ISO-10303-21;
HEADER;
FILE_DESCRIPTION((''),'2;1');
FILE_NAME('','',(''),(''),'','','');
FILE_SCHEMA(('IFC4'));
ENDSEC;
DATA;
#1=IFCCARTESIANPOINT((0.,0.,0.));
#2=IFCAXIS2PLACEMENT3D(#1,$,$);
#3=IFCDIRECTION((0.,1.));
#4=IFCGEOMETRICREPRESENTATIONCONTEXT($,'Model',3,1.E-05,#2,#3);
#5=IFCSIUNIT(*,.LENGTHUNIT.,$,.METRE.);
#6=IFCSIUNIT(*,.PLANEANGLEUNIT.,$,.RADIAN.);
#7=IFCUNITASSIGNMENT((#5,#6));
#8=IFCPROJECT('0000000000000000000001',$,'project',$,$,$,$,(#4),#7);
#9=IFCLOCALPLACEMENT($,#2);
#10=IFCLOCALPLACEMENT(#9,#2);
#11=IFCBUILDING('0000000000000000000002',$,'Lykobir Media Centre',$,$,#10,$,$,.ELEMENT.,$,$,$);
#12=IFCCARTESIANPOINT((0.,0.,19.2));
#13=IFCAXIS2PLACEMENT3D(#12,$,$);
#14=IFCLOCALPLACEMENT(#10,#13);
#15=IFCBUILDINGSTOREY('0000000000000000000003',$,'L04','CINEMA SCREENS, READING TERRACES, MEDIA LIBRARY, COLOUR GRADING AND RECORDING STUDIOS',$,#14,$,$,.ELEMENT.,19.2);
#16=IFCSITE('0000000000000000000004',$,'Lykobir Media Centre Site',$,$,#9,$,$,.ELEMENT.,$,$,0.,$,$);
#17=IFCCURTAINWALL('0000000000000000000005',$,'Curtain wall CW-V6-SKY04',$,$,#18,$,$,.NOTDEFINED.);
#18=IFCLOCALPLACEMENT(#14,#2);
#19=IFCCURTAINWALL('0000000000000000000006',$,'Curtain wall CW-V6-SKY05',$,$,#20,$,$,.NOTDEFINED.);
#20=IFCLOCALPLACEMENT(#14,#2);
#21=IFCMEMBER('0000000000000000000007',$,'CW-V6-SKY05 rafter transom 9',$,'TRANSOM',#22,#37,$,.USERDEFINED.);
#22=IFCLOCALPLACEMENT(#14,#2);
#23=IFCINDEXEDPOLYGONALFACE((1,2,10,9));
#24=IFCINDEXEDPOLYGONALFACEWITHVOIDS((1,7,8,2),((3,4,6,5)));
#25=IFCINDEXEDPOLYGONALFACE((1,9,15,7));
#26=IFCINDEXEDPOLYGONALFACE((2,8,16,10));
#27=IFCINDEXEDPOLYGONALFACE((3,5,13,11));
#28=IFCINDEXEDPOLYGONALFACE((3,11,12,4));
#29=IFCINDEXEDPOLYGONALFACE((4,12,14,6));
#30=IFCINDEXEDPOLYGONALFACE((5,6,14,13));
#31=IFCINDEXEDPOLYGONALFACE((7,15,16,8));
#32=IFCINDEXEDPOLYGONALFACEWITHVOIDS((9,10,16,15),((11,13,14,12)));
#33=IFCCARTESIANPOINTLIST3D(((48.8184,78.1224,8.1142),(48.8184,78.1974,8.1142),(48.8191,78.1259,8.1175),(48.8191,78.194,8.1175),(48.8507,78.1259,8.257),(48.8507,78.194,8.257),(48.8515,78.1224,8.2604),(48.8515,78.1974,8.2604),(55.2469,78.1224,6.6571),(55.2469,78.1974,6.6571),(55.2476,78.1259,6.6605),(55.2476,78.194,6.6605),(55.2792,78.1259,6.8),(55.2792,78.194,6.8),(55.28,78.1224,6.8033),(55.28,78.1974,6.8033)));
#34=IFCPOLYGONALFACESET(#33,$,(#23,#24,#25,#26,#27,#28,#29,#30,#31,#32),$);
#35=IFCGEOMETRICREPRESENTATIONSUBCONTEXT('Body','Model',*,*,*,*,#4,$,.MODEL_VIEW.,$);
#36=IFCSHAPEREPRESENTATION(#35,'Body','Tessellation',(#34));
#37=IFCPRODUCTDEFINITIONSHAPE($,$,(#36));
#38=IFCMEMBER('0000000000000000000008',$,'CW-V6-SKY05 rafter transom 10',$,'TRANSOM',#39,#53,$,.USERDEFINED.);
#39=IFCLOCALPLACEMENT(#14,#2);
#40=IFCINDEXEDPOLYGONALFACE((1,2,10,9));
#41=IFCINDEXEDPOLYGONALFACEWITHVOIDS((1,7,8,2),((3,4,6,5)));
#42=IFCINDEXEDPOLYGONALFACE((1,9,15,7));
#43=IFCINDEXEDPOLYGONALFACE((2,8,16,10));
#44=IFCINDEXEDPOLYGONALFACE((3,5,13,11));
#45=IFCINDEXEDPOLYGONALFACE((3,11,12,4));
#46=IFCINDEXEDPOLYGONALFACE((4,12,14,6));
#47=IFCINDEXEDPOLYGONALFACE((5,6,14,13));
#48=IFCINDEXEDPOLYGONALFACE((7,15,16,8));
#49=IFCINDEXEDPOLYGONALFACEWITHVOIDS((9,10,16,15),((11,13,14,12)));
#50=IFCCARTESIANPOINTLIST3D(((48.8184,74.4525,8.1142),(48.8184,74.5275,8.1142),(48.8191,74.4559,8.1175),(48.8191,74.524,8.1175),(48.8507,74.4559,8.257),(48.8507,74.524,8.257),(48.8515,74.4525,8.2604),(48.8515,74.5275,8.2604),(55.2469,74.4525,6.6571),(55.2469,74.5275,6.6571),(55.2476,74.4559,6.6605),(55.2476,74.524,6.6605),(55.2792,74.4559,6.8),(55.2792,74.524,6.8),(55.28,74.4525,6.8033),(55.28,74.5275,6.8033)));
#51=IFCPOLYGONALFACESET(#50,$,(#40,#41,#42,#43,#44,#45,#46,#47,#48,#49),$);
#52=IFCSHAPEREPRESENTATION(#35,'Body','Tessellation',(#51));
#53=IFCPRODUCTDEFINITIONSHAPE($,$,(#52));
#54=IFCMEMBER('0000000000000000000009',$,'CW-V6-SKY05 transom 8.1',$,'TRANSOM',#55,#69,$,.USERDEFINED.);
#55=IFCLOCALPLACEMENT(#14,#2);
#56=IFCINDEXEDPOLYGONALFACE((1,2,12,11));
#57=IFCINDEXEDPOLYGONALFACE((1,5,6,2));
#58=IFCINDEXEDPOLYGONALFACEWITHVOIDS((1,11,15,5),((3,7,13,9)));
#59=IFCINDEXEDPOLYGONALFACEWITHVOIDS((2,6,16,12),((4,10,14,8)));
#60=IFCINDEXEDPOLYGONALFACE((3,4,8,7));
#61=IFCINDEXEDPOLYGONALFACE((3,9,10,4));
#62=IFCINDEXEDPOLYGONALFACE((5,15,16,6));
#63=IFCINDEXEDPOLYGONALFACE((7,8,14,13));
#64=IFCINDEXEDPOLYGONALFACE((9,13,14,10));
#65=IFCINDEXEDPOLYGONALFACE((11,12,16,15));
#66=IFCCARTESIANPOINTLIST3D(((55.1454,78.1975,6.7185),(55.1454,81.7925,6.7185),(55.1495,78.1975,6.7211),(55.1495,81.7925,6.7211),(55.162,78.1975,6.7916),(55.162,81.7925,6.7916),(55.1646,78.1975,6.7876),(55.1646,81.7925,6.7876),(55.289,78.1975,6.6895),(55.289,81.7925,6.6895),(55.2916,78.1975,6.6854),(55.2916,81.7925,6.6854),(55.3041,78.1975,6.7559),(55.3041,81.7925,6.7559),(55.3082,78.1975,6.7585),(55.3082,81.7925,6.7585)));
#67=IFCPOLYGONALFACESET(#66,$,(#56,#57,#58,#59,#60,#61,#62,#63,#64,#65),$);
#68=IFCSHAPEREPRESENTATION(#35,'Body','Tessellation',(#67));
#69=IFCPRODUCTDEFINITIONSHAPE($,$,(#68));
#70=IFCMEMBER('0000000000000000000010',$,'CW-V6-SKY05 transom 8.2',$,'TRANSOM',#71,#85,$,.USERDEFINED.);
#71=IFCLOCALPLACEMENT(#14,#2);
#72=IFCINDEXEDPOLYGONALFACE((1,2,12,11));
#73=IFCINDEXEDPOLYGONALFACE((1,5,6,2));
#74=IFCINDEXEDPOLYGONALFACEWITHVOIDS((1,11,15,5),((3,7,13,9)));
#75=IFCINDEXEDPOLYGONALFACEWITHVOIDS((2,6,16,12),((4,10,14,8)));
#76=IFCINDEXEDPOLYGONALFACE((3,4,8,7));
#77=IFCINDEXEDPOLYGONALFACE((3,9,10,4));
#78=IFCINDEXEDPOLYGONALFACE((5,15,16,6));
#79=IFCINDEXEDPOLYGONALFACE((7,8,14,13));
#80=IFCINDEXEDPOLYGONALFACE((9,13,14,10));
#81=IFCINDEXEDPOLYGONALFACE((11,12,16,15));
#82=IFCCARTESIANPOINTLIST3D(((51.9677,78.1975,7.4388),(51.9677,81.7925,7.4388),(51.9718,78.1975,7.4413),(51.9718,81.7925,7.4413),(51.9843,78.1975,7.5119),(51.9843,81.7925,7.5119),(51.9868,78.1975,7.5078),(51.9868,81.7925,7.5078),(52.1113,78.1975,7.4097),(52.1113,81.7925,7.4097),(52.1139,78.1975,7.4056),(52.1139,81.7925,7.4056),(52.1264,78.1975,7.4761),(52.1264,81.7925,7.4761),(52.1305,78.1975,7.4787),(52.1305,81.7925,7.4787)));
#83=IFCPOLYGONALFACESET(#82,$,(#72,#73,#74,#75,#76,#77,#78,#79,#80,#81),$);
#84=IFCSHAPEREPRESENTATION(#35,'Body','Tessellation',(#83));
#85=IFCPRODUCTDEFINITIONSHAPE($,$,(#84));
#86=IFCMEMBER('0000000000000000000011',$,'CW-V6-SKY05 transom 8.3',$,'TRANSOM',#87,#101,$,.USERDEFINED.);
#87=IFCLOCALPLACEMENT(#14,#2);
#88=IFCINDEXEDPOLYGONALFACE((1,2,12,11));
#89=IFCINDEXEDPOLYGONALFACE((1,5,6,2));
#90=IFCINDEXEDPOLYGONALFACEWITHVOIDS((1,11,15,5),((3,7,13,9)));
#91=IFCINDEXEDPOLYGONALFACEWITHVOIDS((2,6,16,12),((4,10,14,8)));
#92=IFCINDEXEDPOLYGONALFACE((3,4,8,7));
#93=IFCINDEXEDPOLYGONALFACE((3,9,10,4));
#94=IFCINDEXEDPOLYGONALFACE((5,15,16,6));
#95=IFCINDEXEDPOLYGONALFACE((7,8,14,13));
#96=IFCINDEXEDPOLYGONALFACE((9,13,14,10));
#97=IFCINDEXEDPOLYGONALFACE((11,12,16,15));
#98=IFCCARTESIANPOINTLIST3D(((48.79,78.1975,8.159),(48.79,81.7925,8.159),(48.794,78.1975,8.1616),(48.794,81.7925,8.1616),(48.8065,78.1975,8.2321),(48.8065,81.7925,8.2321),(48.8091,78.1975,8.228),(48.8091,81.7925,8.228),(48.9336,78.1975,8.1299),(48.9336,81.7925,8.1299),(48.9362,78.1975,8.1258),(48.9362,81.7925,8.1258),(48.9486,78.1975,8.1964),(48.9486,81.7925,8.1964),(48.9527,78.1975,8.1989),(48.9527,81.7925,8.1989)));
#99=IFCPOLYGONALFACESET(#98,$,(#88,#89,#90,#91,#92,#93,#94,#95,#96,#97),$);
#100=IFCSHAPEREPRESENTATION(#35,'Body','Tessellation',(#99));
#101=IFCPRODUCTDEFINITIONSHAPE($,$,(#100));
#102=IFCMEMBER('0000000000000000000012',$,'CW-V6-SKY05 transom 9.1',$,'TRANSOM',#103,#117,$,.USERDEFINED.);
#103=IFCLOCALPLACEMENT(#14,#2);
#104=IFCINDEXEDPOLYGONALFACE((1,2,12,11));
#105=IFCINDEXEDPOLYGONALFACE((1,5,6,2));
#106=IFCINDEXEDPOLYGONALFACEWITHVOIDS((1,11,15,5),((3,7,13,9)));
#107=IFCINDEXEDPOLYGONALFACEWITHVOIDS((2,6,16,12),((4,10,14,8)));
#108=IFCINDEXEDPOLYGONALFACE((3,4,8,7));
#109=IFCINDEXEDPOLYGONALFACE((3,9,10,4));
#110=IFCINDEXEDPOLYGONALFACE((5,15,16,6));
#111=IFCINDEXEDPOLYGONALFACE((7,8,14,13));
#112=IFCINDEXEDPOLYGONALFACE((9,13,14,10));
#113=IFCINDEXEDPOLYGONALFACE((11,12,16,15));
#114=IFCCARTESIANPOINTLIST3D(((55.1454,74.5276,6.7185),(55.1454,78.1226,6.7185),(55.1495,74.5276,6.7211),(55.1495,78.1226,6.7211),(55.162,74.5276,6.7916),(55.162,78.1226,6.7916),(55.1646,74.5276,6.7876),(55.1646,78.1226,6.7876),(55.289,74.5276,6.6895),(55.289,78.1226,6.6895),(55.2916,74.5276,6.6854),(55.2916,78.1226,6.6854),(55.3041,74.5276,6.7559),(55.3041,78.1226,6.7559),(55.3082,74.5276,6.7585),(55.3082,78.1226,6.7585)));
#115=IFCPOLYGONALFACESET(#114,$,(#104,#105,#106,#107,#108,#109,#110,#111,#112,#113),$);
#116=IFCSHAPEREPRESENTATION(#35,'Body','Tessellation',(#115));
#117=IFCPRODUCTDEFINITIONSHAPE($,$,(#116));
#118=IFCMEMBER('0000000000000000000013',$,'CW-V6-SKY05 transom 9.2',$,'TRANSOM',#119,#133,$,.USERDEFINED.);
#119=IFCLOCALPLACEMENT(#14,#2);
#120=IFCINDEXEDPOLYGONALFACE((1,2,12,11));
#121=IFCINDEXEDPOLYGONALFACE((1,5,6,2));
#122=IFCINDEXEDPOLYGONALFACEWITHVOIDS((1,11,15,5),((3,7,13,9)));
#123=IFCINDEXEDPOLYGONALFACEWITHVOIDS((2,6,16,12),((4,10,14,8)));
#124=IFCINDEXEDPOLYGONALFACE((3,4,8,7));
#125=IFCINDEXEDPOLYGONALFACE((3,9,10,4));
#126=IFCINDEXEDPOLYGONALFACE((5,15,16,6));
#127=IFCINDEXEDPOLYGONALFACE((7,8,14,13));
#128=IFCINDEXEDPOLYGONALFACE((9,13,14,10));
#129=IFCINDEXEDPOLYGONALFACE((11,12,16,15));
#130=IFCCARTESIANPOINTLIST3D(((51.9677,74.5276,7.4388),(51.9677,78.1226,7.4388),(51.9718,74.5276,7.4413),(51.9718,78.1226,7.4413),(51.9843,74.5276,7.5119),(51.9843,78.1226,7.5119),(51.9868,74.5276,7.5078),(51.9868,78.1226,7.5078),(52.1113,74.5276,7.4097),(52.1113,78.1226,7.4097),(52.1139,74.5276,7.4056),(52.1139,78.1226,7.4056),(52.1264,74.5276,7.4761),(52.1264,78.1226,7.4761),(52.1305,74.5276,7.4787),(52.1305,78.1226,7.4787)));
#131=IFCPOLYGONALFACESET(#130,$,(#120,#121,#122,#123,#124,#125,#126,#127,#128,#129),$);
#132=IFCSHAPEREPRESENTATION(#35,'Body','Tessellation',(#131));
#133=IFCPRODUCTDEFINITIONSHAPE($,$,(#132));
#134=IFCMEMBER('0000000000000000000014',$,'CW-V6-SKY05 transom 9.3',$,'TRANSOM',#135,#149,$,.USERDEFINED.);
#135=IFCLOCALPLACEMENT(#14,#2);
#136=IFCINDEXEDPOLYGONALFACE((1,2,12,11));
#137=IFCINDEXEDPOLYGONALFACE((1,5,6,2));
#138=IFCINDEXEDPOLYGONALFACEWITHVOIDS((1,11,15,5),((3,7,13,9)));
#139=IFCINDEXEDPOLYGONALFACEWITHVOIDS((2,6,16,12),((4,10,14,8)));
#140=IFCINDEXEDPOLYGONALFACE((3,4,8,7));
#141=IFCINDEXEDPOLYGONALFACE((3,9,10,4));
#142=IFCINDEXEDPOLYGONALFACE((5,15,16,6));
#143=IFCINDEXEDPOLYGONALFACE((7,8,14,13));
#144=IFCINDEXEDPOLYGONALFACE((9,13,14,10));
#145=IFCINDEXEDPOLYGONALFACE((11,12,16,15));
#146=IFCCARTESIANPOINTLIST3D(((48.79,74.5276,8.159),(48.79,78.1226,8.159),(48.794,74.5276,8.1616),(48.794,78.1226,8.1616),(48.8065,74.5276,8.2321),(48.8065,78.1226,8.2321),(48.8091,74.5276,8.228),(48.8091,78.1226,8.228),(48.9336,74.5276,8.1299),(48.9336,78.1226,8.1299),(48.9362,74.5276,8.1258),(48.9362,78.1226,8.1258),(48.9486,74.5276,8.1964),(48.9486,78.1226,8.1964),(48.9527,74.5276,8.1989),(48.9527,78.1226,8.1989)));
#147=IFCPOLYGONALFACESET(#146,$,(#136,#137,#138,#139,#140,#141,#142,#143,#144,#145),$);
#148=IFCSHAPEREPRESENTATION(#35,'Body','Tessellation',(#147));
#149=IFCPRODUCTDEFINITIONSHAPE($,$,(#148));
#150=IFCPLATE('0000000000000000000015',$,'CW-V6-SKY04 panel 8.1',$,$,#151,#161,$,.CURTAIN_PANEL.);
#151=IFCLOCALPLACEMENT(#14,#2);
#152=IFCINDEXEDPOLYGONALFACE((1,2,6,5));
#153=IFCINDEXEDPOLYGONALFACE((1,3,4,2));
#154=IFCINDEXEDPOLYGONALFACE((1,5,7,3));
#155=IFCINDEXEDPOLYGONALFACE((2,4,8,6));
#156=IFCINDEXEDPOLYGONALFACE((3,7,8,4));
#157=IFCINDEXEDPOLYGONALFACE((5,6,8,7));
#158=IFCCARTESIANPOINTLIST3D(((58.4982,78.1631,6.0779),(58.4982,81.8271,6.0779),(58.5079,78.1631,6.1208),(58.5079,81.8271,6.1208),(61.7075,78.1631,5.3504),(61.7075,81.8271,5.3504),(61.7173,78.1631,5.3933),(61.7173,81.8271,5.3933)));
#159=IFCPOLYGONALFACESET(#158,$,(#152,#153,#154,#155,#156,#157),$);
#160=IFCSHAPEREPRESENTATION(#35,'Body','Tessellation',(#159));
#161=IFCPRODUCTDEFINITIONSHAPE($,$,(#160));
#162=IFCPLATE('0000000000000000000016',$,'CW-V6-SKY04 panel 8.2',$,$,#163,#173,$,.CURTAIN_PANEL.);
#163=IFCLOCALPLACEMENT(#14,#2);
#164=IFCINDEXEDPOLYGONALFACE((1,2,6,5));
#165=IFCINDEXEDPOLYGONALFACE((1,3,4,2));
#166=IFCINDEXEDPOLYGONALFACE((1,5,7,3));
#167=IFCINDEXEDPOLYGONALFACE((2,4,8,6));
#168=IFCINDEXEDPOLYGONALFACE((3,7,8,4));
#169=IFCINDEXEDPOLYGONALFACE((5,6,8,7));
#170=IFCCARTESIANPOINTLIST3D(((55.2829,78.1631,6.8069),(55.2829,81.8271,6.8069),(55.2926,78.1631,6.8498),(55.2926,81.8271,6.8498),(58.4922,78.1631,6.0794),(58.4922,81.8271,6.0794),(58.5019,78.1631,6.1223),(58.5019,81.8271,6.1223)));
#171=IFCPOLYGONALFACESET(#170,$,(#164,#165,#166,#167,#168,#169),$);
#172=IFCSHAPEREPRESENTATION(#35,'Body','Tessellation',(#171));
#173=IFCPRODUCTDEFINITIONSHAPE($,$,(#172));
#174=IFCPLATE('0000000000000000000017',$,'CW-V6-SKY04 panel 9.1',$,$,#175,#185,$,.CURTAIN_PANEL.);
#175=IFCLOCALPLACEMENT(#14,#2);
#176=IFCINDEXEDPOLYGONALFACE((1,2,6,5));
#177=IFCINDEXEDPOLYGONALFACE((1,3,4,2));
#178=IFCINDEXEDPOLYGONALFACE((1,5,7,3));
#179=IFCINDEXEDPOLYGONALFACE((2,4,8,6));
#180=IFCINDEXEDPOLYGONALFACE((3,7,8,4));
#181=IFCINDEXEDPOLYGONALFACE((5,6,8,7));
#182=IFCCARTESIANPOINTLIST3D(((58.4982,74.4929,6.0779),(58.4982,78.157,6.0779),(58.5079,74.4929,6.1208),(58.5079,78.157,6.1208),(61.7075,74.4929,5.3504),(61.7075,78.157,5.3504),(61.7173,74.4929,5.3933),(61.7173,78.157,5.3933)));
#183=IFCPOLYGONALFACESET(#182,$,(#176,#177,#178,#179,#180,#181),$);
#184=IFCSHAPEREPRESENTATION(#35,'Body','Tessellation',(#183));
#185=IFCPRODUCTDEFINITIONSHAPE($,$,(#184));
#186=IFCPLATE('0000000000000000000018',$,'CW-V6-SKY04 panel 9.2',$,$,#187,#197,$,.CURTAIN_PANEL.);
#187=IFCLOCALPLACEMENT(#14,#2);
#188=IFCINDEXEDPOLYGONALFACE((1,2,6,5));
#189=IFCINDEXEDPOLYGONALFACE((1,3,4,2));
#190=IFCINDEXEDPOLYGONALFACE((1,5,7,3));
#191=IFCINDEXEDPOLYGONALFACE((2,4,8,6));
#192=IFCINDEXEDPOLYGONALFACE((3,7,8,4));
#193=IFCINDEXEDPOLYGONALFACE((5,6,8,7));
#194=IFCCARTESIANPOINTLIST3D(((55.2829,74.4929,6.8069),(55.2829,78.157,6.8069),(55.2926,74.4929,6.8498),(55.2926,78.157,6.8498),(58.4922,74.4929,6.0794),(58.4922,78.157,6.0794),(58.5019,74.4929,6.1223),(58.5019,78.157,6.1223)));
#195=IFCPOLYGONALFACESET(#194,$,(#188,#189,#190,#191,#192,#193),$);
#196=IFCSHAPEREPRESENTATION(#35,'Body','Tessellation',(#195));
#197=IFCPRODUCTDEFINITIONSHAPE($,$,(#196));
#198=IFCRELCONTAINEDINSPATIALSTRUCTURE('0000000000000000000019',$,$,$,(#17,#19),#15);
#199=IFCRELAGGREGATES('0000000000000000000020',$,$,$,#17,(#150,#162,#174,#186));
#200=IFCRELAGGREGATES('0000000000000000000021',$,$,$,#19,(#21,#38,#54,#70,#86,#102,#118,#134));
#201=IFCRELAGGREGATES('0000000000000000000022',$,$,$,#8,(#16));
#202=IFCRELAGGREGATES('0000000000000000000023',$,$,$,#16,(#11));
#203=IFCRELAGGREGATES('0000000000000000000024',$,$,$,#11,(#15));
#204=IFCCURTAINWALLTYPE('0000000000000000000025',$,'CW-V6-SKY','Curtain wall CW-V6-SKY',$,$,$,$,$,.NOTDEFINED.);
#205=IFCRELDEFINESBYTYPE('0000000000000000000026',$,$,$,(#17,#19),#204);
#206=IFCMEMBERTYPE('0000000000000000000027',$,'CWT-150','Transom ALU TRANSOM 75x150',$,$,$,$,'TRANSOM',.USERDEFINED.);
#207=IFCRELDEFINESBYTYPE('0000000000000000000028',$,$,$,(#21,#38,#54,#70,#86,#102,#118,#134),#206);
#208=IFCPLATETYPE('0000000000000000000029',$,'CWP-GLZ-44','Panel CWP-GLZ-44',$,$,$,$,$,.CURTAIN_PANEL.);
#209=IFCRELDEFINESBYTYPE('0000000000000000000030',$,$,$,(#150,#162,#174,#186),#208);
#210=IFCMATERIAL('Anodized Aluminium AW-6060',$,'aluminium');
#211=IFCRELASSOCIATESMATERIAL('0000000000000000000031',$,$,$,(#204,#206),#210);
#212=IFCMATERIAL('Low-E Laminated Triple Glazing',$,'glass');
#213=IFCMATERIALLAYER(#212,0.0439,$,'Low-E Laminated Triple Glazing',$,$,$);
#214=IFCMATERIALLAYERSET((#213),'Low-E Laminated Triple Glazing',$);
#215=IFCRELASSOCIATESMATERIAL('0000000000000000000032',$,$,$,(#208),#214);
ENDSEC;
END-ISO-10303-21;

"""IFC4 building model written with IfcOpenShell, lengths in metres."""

from ifc_helpers import new_model, si_unit, direction, frame, origin, origin_2d, place, context, subcontext, project, spatial, rectangle, hollow_rectangle, extrude, material, layer, layer_set, material_profile, profile_set, type_object, element, aggregate, save


model = new_model("IFC4")

# Units and contexts
model_context = context("Model", 3, precision=1e-05, world=origin(), true_north=direction((0.0, 1.0)))
body_context = subcontext(model_context, "Body", "Model", "MODEL_VIEW")
ifc_project = project(units=[si_unit("LENGTHUNIT", "METRE"), si_unit("PLANEANGLEUNIT", "RADIAN")], contexts=[model_context])

# Site, building, storey
site_placement = place(None, origin())
site = spatial("IfcSite", under=ifc_project, at=site_placement, Name="Lykobir Media Centre Site", CompositionType="ELEMENT", RefElevation=0.0)
building_placement = place(site_placement, origin())
building = spatial("IfcBuilding", under=site, at=building_placement, Name="Lykobir Media Centre", CompositionType="ELEMENT")
storey_placement = place(building_placement, frame((0.0, 0.0, 19.2)))
storey = spatial("IfcBuildingStorey", under=building, at=storey_placement, Name="L04", Description="CINEMA SCREENS, READING TERRACES, MEDIA LIBRARY, COLOUR GRADING AND RECORDING STUDIOS", CompositionType="ELEMENT", Elevation=19.2)

# Curtain walls, members
ifc_material_1 = material(Name="Anodized Aluminium AW-6060", Category="aluminium")
curtain_wall_type = type_object("IfcCurtainWallType", Name="CW-V6-SKY", Description="Curtain wall CW-V6-SKY", PredefinedType="NOTDEFINED", material=ifc_material_1)
ifc_material_profile_1 = material_profile(ifc_material_1, hollow_rectangle(XDim=0.075, YDim=0.1499, WallThickness=0.0034, at=origin_2d()), Name="ALU TRANSOM 75x150")
ifc_profile_set_1 = profile_set([ifc_material_profile_1], Name="Anodized Aluminium AW-6060")
member_type_1 = type_object("IfcMemberType", Name="CWT-150", Description="Transom ALU TRANSOM 75x150", ElementType="TRANSOM", PredefinedType="USERDEFINED", material=ifc_profile_set_1)
curtain_wall_1_placement = place(storey_placement, origin())
curtain_wall_1 = element("IfcCurtainWall", 1, at=curtain_wall_1_placement, inside=storey, type_object=curtain_wall_type, Name="Curtain wall CW-V6-SKY04", PredefinedType="NOTDEFINED")
curtain_wall_2_placement = place(storey_placement, origin())
curtain_wall_2 = element("IfcCurtainWall", 2, at=curtain_wall_2_placement, inside=storey, type_object=curtain_wall_type, Name="Curtain wall CW-V6-SKY05", PredefinedType="NOTDEFINED")
member_1_placement = place(storey_placement, frame((55.2634, 78.1599, 6.7302), z_axis=(-0.975263, 0.0, 0.221046), x_axis=(0.0, -1.0, 0.0)))
member_1 = element("IfcMember", 3, at=member_1_placement, type_object=member_type_1, Name="CW-V6-SKY05 rafter transom 9", ObjectType="TRANSOM", PredefinedType="USERDEFINED", context=body_context, shape_type="SweptSolid", body=[
    extrude(hollow_rectangle(XDim=0.075, YDim=0.1499, WallThickness=0.0034, at=origin_2d()), origin(), (0.0, 0.0, 1.0), 6.5916),
])
member_2_placement = place(storey_placement, frame((55.2634, 74.49, 6.7302), z_axis=(-0.975263, 0.0, 0.221046), x_axis=(0.0, -1.0, 0.0)))
member_2 = element("IfcMember", 4, at=member_2_placement, type_object=member_type_1, Name="CW-V6-SKY05 rafter transom 10", ObjectType="TRANSOM", PredefinedType="USERDEFINED", context=body_context, shape_type="SweptSolid", body=[
    extrude(hollow_rectangle(XDim=0.075, YDim=0.1499, WallThickness=0.0034, at=origin_2d()), origin(), (0.0, 0.0, 1.0), 6.5916),
])
member_3_placement = place(storey_placement, frame((55.2268, 81.7925, 6.7385), z_axis=(0.0, -1.0, 0.0), x_axis=(0.221055, 0.0, 0.975261)))
member_3 = element("IfcMember", 5, at=member_3_placement, type_object=member_type_1, Name="CW-V6-SKY05 transom 8.1", ObjectType="TRANSOM", PredefinedType="USERDEFINED", context=body_context, shape_type="SweptSolid", body=[
    extrude(hollow_rectangle(XDim=0.075, YDim=0.1499, WallThickness=0.0034, at=origin_2d()), origin(), (0.0, 0.0, 1.0), 3.595),
])
member_4_placement = place(storey_placement, frame((52.0491, 81.7925, 7.4587), z_axis=(0.0, -1.0, 0.0), x_axis=(0.221055, 0.0, 0.975261)))
member_4 = element("IfcMember", 6, at=member_4_placement, type_object=member_type_1, Name="CW-V6-SKY05 transom 8.2", ObjectType="TRANSOM", PredefinedType="USERDEFINED", context=body_context, shape_type="SweptSolid", body=[
    extrude(hollow_rectangle(XDim=0.075, YDim=0.1499, WallThickness=0.0034, at=origin_2d()), origin(), (0.0, 0.0, 1.0), 3.595),
])
member_5_placement = place(storey_placement, frame((48.8713, 81.7925, 8.179), z_axis=(0.0, -1.0, 0.0), x_axis=(0.221055, 0.0, 0.975261)))
member_5 = element("IfcMember", 7, at=member_5_placement, type_object=member_type_1, Name="CW-V6-SKY05 transom 8.3", ObjectType="TRANSOM", PredefinedType="USERDEFINED", context=body_context, shape_type="SweptSolid", body=[
    extrude(hollow_rectangle(XDim=0.075, YDim=0.1499, WallThickness=0.0034, at=origin_2d()), origin(), (0.0, 0.0, 1.0), 3.595),
])
member_6_placement = place(storey_placement, frame((55.2268, 78.1226, 6.7385), z_axis=(0.0, -1.0, 0.0), x_axis=(0.221055, 0.0, 0.975261)))
member_6 = element("IfcMember", 8, at=member_6_placement, type_object=member_type_1, Name="CW-V6-SKY05 transom 9.1", ObjectType="TRANSOM", PredefinedType="USERDEFINED", context=body_context, shape_type="SweptSolid", body=[
    extrude(hollow_rectangle(XDim=0.075, YDim=0.1499, WallThickness=0.0034, at=origin_2d()), origin(), (0.0, 0.0, 1.0), 3.595),
])
member_7_placement = place(storey_placement, frame((52.0491, 78.1226, 7.4587), z_axis=(0.0, -1.0, 0.0), x_axis=(0.221055, 0.0, 0.975261)))
member_7 = element("IfcMember", 9, at=member_7_placement, type_object=member_type_1, Name="CW-V6-SKY05 transom 9.2", ObjectType="TRANSOM", PredefinedType="USERDEFINED", context=body_context, shape_type="SweptSolid", body=[
    extrude(hollow_rectangle(XDim=0.075, YDim=0.1499, WallThickness=0.0034, at=origin_2d()), origin(), (0.0, 0.0, 1.0), 3.595),
])
member_8_placement = place(storey_placement, frame((48.8713, 78.1226, 8.179), z_axis=(0.0, -1.0, 0.0), x_axis=(0.221055, 0.0, 0.975261)))
member_8 = element("IfcMember", 10, at=member_8_placement, type_object=member_type_1, Name="CW-V6-SKY05 transom 9.3", ObjectType="TRANSOM", PredefinedType="USERDEFINED", context=body_context, shape_type="SweptSolid", body=[
    extrude(hollow_rectangle(XDim=0.075, YDim=0.1499, WallThickness=0.0034, at=origin_2d()), origin(), (0.0, 0.0, 1.0), 3.595),
])

# Plates
ifc_material_2 = material(Name="Low-E Laminated Triple Glazing", Category="glass")
ifc_layer_1 = layer(ifc_material_2, 0.0439, Name="Low-E Laminated Triple Glazing")
ifc_layer_set_1 = layer_set([ifc_layer_1], Name="Low-E Laminated Triple Glazing")
plate_type_1 = type_object("IfcPlateType", Name="CWP-GLZ-44", Description="Panel CWP-GLZ-44", PredefinedType="CURTAIN_PANEL", material=ifc_layer_set_1)
plate_1_placement = place(storey_placement, frame((61.7124, 79.9951, 5.3718), z_axis=(-0.975258, 0.0, 0.221072), x_axis=(0.0, -1.0, 0.0)))
plate_1 = element("IfcPlate", 11, at=plate_1_placement, type_object=plate_type_1, Name="CW-V6-SKY04 panel 8.1", PredefinedType="CURTAIN_PANEL", context=body_context, shape_type="SweptSolid", body=[
    extrude(rectangle(XDim=3.6641, YDim=0.0439, at=origin_2d()), origin(), (0.0, 0.0, 1.0), 3.2908),
])
plate_2_placement = place(storey_placement, frame((58.4971, 79.9951, 6.1008), z_axis=(-0.975258, 0.0, 0.221072), x_axis=(0.0, -1.0, 0.0)))
plate_2 = element("IfcPlate", 12, at=plate_2_placement, type_object=plate_type_1, Name="CW-V6-SKY04 panel 8.2", PredefinedType="CURTAIN_PANEL", context=body_context, shape_type="SweptSolid", body=[
    extrude(rectangle(XDim=3.6641, YDim=0.0439, at=origin_2d()), origin(), (0.0, 0.0, 1.0), 3.2908),
])
plate_3_placement = place(storey_placement, frame((61.7124, 76.325, 5.3718), z_axis=(-0.975258, 0.0, 0.221072), x_axis=(0.0, -1.0, 0.0)))
plate_3 = element("IfcPlate", 13, at=plate_3_placement, type_object=plate_type_1, Name="CW-V6-SKY04 panel 9.1", PredefinedType="CURTAIN_PANEL", context=body_context, shape_type="SweptSolid", body=[
    extrude(rectangle(XDim=3.6641, YDim=0.0439, at=origin_2d()), origin(), (0.0, 0.0, 1.0), 3.2908),
])
plate_4_placement = place(storey_placement, frame((58.4971, 76.325, 6.1008), z_axis=(-0.975258, 0.0, 0.221072), x_axis=(0.0, -1.0, 0.0)))
plate_4 = element("IfcPlate", 14, at=plate_4_placement, type_object=plate_type_1, Name="CW-V6-SKY04 panel 9.2", PredefinedType="CURTAIN_PANEL", context=body_context, shape_type="SweptSolid", body=[
    extrude(rectangle(XDim=3.6641, YDim=0.0439, at=origin_2d()), origin(), (0.0, 0.0, 1.0), 3.2908),
])
aggregate(curtain_wall_1, [plate_1, plate_2, plate_3, plate_4])
aggregate(curtain_wall_2, [member_1, member_2, member_3, member_4, member_5, member_6, member_7, member_8])

save(model, "model.ifc")
